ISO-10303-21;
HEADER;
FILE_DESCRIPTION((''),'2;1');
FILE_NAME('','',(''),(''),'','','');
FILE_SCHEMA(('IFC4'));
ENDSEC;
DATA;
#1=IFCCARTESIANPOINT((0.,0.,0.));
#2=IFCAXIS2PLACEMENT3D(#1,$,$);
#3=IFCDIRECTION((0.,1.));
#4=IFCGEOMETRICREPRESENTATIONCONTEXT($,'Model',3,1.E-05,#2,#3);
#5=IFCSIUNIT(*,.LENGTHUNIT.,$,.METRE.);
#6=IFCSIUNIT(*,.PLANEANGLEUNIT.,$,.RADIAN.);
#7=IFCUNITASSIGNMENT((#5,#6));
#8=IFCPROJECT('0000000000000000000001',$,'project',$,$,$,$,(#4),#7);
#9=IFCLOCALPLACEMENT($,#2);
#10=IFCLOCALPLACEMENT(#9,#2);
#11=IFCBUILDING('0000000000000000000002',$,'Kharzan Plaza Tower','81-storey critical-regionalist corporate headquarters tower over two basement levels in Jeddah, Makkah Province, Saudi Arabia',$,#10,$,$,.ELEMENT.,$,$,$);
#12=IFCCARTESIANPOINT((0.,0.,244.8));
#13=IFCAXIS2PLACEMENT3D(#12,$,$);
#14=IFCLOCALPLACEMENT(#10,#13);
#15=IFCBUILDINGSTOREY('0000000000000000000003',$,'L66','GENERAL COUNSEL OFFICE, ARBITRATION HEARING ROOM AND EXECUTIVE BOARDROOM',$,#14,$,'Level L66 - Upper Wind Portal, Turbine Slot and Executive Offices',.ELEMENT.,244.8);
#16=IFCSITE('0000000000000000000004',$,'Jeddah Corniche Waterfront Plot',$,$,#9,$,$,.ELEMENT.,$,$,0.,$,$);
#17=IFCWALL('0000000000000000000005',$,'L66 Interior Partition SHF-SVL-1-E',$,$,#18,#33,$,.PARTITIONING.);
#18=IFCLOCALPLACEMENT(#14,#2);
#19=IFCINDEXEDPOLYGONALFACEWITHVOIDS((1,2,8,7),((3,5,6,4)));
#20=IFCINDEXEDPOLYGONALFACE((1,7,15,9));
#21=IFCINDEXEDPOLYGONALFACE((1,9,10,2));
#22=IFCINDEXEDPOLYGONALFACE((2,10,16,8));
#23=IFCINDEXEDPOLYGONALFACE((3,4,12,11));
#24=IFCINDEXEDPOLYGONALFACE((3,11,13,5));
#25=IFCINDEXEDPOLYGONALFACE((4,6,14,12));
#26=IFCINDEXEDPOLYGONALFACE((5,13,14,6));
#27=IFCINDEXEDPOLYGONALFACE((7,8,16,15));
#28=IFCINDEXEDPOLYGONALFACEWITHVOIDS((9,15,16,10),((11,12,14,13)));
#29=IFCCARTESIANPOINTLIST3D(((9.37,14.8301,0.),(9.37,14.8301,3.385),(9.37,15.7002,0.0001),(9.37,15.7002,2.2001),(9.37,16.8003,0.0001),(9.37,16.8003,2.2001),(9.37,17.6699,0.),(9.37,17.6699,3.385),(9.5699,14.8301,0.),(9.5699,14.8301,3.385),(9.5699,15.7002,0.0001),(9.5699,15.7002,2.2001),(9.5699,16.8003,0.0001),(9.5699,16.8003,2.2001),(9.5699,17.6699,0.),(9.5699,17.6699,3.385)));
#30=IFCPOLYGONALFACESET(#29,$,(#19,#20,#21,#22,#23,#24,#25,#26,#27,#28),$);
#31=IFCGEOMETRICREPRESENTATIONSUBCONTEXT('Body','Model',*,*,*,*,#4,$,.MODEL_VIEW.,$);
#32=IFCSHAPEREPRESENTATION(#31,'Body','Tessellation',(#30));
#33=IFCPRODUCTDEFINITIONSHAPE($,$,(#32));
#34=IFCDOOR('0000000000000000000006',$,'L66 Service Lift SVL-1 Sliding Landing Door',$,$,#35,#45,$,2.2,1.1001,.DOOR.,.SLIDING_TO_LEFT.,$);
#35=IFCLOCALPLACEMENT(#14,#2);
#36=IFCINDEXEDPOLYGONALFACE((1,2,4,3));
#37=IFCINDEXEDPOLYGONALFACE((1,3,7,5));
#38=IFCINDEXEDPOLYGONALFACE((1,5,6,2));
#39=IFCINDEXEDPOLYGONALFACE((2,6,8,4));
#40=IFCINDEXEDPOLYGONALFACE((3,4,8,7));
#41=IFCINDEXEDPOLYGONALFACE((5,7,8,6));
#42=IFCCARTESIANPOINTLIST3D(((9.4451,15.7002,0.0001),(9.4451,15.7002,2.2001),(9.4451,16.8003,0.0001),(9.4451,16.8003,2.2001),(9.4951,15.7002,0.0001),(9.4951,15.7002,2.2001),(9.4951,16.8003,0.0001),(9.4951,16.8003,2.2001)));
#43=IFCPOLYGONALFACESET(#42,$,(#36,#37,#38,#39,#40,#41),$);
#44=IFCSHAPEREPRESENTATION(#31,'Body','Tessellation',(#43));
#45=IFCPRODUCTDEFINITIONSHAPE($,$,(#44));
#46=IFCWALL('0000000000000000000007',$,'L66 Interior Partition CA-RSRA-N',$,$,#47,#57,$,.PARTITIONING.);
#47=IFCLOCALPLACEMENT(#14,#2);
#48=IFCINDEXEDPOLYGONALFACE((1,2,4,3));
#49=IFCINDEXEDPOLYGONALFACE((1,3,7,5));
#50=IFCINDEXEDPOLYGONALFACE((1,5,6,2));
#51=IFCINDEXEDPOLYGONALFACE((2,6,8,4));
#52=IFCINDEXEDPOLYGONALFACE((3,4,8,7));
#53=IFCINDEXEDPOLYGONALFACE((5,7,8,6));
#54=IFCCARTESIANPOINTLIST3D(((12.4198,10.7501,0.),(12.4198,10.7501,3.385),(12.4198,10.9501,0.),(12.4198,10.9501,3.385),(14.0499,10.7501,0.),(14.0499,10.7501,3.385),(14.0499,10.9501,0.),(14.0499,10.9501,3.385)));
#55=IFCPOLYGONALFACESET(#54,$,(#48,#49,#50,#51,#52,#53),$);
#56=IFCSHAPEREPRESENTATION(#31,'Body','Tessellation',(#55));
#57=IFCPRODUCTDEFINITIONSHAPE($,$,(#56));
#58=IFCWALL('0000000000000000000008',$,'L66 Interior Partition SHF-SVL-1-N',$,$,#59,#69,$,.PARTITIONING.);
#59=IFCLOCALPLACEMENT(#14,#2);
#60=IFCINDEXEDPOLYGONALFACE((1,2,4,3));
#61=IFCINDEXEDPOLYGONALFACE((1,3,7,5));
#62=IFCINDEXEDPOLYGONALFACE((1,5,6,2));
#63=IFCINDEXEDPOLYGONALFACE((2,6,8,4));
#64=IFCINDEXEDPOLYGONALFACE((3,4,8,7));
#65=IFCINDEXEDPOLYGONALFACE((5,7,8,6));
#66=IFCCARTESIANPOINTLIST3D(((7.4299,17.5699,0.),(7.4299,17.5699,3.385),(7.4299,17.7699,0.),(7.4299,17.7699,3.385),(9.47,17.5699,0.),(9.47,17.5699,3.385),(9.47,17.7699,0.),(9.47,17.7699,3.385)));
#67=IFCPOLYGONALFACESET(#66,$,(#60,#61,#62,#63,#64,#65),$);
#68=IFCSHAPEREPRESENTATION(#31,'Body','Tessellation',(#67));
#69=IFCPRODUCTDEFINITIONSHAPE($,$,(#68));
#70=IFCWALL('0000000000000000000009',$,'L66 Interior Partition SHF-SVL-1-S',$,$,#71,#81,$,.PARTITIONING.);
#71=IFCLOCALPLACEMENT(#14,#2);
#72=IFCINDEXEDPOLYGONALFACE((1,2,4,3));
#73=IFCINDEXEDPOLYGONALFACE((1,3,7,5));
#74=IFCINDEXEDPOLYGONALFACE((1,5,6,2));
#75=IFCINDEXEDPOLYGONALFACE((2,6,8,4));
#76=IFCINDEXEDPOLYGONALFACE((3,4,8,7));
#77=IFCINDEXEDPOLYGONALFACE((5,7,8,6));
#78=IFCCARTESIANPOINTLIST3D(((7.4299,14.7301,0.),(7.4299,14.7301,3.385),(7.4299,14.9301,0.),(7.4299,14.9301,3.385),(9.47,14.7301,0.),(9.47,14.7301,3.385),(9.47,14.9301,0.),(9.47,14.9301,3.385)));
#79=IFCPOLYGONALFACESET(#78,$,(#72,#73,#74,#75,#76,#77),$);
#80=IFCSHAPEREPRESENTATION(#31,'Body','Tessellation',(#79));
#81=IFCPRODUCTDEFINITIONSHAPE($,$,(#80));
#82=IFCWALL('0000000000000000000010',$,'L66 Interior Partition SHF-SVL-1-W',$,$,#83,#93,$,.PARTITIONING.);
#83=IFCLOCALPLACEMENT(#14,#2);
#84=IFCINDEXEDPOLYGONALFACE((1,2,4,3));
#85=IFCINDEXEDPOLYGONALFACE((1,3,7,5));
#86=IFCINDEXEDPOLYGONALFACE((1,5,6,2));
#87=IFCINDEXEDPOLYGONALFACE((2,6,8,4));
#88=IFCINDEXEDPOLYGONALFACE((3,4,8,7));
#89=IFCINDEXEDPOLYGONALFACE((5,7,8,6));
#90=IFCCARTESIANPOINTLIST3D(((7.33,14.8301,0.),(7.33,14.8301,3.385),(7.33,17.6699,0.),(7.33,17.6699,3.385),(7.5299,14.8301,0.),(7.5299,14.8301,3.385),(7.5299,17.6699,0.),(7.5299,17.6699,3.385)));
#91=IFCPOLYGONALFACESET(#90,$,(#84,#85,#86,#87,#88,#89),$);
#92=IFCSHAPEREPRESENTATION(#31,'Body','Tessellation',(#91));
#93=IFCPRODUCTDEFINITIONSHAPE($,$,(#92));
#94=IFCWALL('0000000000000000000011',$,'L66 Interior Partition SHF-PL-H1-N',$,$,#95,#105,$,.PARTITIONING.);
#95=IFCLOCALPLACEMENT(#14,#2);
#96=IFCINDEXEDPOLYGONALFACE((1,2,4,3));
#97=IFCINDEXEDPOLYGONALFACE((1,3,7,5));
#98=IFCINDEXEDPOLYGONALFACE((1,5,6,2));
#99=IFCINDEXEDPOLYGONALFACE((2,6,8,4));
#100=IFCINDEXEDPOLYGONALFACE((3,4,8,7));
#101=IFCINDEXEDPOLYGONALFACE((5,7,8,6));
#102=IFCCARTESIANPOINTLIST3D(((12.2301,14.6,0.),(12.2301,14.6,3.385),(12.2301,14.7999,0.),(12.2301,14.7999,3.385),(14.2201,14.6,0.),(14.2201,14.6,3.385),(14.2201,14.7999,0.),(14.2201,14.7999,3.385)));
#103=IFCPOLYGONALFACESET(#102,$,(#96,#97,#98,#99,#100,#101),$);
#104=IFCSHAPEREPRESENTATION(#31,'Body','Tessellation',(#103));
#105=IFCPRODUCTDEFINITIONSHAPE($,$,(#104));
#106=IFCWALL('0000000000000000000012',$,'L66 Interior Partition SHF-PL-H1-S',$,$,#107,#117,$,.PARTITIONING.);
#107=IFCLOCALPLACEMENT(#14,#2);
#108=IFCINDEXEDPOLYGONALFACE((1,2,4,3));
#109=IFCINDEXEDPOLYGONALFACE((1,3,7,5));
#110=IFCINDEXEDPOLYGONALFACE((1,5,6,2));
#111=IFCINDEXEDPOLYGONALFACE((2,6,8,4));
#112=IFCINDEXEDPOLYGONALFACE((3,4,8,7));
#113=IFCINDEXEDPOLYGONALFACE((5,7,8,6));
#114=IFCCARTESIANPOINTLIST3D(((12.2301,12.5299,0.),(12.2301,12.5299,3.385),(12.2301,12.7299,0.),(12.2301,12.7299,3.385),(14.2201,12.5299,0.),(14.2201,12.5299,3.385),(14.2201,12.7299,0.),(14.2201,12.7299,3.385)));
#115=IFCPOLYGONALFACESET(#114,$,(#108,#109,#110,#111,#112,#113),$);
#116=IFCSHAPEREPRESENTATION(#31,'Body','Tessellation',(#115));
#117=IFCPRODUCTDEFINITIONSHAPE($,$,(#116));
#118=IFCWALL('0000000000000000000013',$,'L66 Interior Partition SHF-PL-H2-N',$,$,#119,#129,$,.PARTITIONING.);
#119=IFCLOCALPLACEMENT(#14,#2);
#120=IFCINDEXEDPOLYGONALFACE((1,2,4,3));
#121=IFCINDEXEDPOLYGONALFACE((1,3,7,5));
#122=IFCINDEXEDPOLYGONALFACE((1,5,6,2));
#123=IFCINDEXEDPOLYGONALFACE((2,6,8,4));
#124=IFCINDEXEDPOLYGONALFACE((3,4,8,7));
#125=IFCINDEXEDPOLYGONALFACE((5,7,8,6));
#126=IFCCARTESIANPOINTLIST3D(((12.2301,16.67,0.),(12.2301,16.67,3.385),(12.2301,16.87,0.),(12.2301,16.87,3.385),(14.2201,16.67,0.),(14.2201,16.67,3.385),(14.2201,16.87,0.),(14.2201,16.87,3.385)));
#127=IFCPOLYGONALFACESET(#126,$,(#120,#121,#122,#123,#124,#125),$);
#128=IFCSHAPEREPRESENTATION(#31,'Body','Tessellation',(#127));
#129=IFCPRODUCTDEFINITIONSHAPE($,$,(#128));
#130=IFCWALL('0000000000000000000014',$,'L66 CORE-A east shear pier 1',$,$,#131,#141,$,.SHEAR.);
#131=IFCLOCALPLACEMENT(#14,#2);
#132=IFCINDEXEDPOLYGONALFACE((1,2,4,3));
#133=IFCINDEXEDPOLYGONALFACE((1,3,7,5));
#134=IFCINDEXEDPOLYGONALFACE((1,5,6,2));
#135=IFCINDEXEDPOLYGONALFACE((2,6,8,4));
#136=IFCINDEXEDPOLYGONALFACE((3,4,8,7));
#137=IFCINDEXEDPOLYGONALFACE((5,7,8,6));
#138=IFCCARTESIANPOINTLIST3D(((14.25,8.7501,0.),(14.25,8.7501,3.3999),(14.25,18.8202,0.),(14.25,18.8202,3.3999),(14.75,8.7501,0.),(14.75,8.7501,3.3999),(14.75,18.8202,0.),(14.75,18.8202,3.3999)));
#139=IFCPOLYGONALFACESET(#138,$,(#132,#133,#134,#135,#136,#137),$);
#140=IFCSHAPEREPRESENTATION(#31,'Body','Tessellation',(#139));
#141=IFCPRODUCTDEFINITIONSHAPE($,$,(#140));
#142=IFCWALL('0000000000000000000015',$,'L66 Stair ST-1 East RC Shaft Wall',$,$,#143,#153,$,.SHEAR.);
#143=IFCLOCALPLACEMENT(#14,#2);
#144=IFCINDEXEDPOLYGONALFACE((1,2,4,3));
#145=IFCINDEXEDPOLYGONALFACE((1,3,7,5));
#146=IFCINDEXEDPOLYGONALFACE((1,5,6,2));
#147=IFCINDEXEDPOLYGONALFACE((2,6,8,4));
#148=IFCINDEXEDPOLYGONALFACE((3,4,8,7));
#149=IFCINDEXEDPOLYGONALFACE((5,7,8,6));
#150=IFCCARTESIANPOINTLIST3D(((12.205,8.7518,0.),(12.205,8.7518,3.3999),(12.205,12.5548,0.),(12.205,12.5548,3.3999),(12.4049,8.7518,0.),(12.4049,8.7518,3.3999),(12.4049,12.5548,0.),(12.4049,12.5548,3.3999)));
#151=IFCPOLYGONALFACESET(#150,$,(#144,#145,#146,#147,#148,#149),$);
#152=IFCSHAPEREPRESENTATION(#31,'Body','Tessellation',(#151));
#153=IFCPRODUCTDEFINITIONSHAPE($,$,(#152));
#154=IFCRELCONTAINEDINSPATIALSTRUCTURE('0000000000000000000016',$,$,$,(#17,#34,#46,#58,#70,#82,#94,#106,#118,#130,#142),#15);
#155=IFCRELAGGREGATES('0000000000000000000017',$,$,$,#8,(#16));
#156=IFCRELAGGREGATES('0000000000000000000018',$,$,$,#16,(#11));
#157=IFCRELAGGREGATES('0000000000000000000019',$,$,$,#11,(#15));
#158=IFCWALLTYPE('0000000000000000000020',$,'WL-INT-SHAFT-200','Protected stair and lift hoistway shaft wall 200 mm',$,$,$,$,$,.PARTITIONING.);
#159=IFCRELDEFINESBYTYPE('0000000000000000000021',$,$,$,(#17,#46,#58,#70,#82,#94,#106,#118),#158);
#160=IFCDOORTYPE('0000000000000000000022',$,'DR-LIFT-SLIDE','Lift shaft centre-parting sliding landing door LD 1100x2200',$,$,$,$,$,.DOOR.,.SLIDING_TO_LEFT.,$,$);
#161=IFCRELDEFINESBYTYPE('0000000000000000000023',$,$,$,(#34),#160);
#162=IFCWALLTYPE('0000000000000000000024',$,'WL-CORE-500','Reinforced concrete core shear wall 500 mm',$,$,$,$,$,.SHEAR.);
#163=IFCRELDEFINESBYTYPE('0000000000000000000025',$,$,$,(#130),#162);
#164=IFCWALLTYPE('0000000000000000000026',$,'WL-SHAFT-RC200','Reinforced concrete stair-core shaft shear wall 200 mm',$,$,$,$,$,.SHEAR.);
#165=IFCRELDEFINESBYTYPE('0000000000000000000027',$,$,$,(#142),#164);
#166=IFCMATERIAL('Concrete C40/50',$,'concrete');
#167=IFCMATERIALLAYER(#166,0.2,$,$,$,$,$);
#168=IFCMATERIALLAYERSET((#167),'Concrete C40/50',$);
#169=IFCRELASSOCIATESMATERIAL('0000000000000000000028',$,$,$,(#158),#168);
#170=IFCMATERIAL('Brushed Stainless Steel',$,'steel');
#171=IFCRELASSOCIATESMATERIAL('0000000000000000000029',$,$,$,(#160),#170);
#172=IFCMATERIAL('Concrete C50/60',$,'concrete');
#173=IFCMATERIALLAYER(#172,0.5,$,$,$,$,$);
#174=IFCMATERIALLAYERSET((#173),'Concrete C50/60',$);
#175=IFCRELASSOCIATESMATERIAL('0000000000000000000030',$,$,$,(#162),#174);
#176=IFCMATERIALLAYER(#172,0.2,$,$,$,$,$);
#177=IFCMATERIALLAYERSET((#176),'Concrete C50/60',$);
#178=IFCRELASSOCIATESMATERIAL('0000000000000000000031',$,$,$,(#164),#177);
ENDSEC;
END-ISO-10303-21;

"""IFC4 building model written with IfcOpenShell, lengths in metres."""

from ifc_helpers import new_model, si_unit, direction, frame, frame_2d, origin, place, context, subcontext, project, spatial, rectangle, extrude, source, transform, mapped, material, layer, layer_set, type_object, element, fill, save


model = new_model("IFC4")

# Units and contexts
model_context = context("Model", 3, precision=1e-05, world=origin(), true_north=direction((0.0, 1.0)))
body_context = subcontext(model_context, "Body", "Model", "MODEL_VIEW")
ifc_project = project(units=[si_unit("LENGTHUNIT", "METRE"), si_unit("PLANEANGLEUNIT", "RADIAN")], contexts=[model_context])

# Site, building, storey
site_placement = place(None, origin())
site = spatial("IfcSite", under=ifc_project, at=site_placement, Name="Jeddah Corniche Waterfront Plot", CompositionType="ELEMENT", RefElevation=0.0)
building_placement = place(site_placement, origin())
building = spatial("IfcBuilding", under=site, at=building_placement, Name="Kharzan Plaza Tower", Description="81-storey critical-regionalist corporate headquarters tower over two basement levels in Jeddah, Makkah Province, Saudi Arabia", CompositionType="ELEMENT")
storey_placement = place(building_placement, frame((0.0, 0.0, 244.8)))
storey = spatial("IfcBuildingStorey", under=building, at=storey_placement, Name="L66", Description="GENERAL COUNSEL OFFICE, ARBITRATION HEARING ROOM AND EXECUTIVE BOARDROOM", LongName="Level L66 - Upper Wind Portal, Turbine Slot and Executive Offices", CompositionType="ELEMENT", Elevation=244.8)

# Wall, opening, door
ifc_material_1 = material(Name="Concrete C40/50", Category="concrete")
ifc_layer_1 = layer(ifc_material_1, 0.2)
ifc_layer_set_1 = layer_set([ifc_layer_1], Name="Concrete C40/50")
wall_type_1 = type_object("IfcWallType", Name="WL-INT-SHAFT-200", Description="Protected stair and lift hoistway shaft wall 200 mm", PredefinedType="PARTITIONING", material=ifc_layer_set_1)
ifc_material_2 = material(Name="Brushed Stainless Steel", Category="steel")
door_type = type_object("IfcDoorType", Name="DR-LIFT-SLIDE", Description="Lift shaft centre-parting sliding landing door LD 1100x2200", OperationType="SLIDING_TO_LEFT", PredefinedType="DOOR", material=ifc_material_2)
shared_shape_1 = source(origin(), body_context, "Body", "SweptSolid", [
    extrude(rectangle(XDim=1.1001, YDim=2.2, at=frame_2d((0.55, 1.1001))), frame((0.0, 0.0249, 0.0), z_axis=(0.0, -1.0, 0.0), x_axis=(1.0, 0.0, 0.0)), (0.0, 0.0, 1.0), 0.05),
])
wall_1_placement = place(storey_placement, frame((9.47, 14.8301, 0.0), z_axis=(0.0, 0.0, 1.0), x_axis=(0.0, 1.0, 0.0)))
wall_1 = element("IfcWall", 1, at=wall_1_placement, inside=storey, type_object=wall_type_1, Name="L66 Interior Partition SHF-SVL-1-E", PredefinedType="PARTITIONING", context=body_context, shape_type="SweptSolid", body=[
    extrude(rectangle(XDim=2.8398, YDim=0.2, at=frame_2d((1.4199, 0.0))), origin(), (0.0, 0.0, 1.0), 3.385),
])
opening_1_placement = place(wall_1_placement, frame((0.8701, 0.0, 0.0)))
opening_1 = element("IfcOpeningElement", 2, at=opening_1_placement, cuts=wall_1, PredefinedType="OPENING", context=body_context, shape_type="SweptSolid", body=[
    extrude(rectangle(XDim=1.1001, YDim=2.2, at=frame_2d((0.55, 1.1001))), frame((0.0, 0.1099, 0.0), z_axis=(0.0, -1.0, 0.0), x_axis=(1.0, 0.0, 0.0)), (0.0, 0.0, 1.0), 0.22),
])
door_1_placement = place(opening_1_placement, origin())
door_1 = element("IfcDoor", 3, at=door_1_placement, inside=storey, type_object=door_type, Name="L66 Service Lift SVL-1 Sliding Landing Door", OperationType="SLIDING_TO_LEFT", OverallHeight=2.2, OverallWidth=1.1001, PredefinedType="DOOR", context=body_context, shape_type="MappedRepresentation", body=[
    mapped(shared_shape_1, transform((0.0, 0.0, 0.0), x_axis=(1.0, 0.0, 0.0), y_axis=(0.0, 1.0, 0.0), z_axis=(0.0, 0.0, 1.0))),
])
fill(opening_1, door_1)

# Walls
shared_shape_2 = source(origin(), body_context, "Body", "SweptSolid", [
    extrude(rectangle(XDim=1.6301, YDim=0.2, at=frame_2d((0.8149, 0.0))), origin(), (0.0, 0.0, 1.0), 3.385),
])
wall_2_placement = place(storey_placement, frame((12.4199, 10.8501, 0.0), z_axis=(0.0, 0.0, 1.0), x_axis=(1.0, 0.0, 0.0)))
element("IfcWall", 4, at=wall_2_placement, inside=storey, type_object=wall_type_1, Name="L66 Interior Partition CA-RSRA-N", PredefinedType="PARTITIONING", context=body_context, shape_type="MappedRepresentation", body=[
    mapped(shared_shape_2, transform((0.0, 0.0, 0.0), x_axis=(1.0, 0.0, 0.0), y_axis=(0.0, 1.0, 0.0), z_axis=(0.0, 0.0, 1.0))),
])
shared_shape_3 = source(origin(), body_context, "Body", "SweptSolid", [
    extrude(rectangle(XDim=2.04, YDim=0.2, at=frame_2d((1.02, 0.0))), origin(), (0.0, 0.0, 1.0), 3.385),
])
for number, where, z_axis, x_axis, name in (
    (5, (7.4299, 17.6699, 0.0), (0.0, 0.0, 1.0), (1.0, 0.0, 0.0), "L66 Interior Partition SHF-SVL-1-N"),
    (6, (7.4299, 14.8301, 0.0), (0.0, 0.0, 1.0), (1.0, 0.0, 0.0), "L66 Interior Partition SHF-SVL-1-S"),
):
    element("IfcWall", number, at=place(storey_placement, frame(where, z_axis=z_axis, x_axis=x_axis)), inside=storey, type_object=wall_type_1, Name=name, PredefinedType="PARTITIONING", context=body_context, shape_type="MappedRepresentation", body=[
        mapped(shared_shape_3, transform((0.0, 0.0, 0.0), x_axis=(1.0, 0.0, 0.0), y_axis=(0.0, 1.0, 0.0), z_axis=(0.0, 0.0, 1.0))),
    ])
shared_shape_4 = source(origin(), body_context, "Body", "SweptSolid", [
    extrude(rectangle(XDim=2.8398, YDim=0.2, at=frame_2d((1.4199, 0.0))), origin(), (0.0, 0.0, 1.0), 3.385),
])
wall_3_placement = place(storey_placement, frame((7.4299, 14.8301, 0.0), z_axis=(0.0, 0.0, 1.0), x_axis=(0.0, 1.0, 0.0)))
element("IfcWall", 7, at=wall_3_placement, inside=storey, type_object=wall_type_1, Name="L66 Interior Partition SHF-SVL-1-W", PredefinedType="PARTITIONING", context=body_context, shape_type="MappedRepresentation", body=[
    mapped(shared_shape_4, transform((0.0, 0.0, 0.0), x_axis=(1.0, 0.0, 0.0), y_axis=(0.0, 1.0, 0.0), z_axis=(0.0, 0.0, 1.0))),
])
shared_shape_5 = source(origin(), body_context, "Body", "SweptSolid", [
    extrude(rectangle(XDim=1.99, YDim=0.2, at=frame_2d((0.9951, 0.0))), origin(), (0.0, 0.0, 1.0), 3.385),
])
for number, where, z_axis, x_axis, name in (
    (8, (12.23, 14.7, 0.0), (0.0, 0.0, 1.0), (1.0, 0.0, 0.0), "L66 Interior Partition SHF-PL-H1-N"),
    (9, (12.23, 12.6299, 0.0), (0.0, 0.0, 1.0), (1.0, 0.0, 0.0), "L66 Interior Partition SHF-PL-H1-S"),
    (10, (12.23, 16.77, 0.0), (0.0, 0.0, 1.0), (1.0, 0.0, 0.0), "L66 Interior Partition SHF-PL-H2-N"),
):
    element("IfcWall", number, at=place(storey_placement, frame(where, z_axis=z_axis, x_axis=x_axis)), inside=storey, type_object=wall_type_1, Name=name, PredefinedType="PARTITIONING", context=body_context, shape_type="MappedRepresentation", body=[
        mapped(shared_shape_5, transform((0.0, 0.0, 0.0), x_axis=(1.0, 0.0, 0.0), y_axis=(0.0, 1.0, 0.0), z_axis=(0.0, 0.0, 1.0))),
    ])
ifc_material_3 = material(Name="Concrete C50/60", Category="concrete")
ifc_layer_2 = layer(ifc_material_3, 0.5)
ifc_layer_set_2 = layer_set([ifc_layer_2], Name="Concrete C50/60")
wall_type_2 = type_object("IfcWallType", Name="WL-CORE-500", Description="Reinforced concrete core shear wall 500 mm", PredefinedType="SHEAR", material=ifc_layer_set_2)
shared_shape_6 = source(origin(), body_context, "Body", "SweptSolid", [
    extrude(rectangle(XDim=10.0701, YDim=0.5, at=frame_2d((5.0352, 0.0))), origin(), (0.0, 0.0, 1.0), 3.3999),
])
wall_4_placement = place(storey_placement, frame((14.5, 8.75, 0.0), z_axis=(0.0, 0.0, 1.0), x_axis=(0.0, 1.0, 0.0)))
element("IfcWall", 11, at=wall_4_placement, inside=storey, type_object=wall_type_2, Name="L66 CORE-A east shear pier 1", PredefinedType="SHEAR", context=body_context, shape_type="MappedRepresentation", body=[
    mapped(shared_shape_6, transform((0.0, 0.0, 0.0), x_axis=(1.0, 0.0, 0.0), y_axis=(0.0, 1.0, 0.0), z_axis=(0.0, 0.0, 1.0))),
])
ifc_layer_3 = layer(ifc_material_3, 0.2)
ifc_layer_set_3 = layer_set([ifc_layer_3], Name="Concrete C50/60")
wall_type_3 = type_object("IfcWallType", Name="WL-SHAFT-RC200", Description="Reinforced concrete stair-core shaft shear wall 200 mm", PredefinedType="SHEAR", material=ifc_layer_set_3)
shared_shape_7 = source(origin(), body_context, "Body", "SweptSolid", [
    extrude(rectangle(XDim=3.803, YDim=0.2, at=frame_2d((1.9014, 0.0))), origin(), (0.0, 0.0, 1.0), 3.3999),
])
wall_5_placement = place(storey_placement, frame((12.3049, 8.752, 0.0), z_axis=(0.0, 0.0, 1.0), x_axis=(0.0, 1.0, 0.0)))
element("IfcWall", 12, at=wall_5_placement, inside=storey, type_object=wall_type_3, Name="L66 Stair ST-1 East RC Shaft Wall", PredefinedType="SHEAR", context=body_context, shape_type="MappedRepresentation", body=[
    mapped(shared_shape_7, transform((0.0, 0.0, 0.0), x_axis=(1.0, 0.0, 0.0), y_axis=(0.0, 1.0, 0.0), z_axis=(0.0, 0.0, 1.0))),
])

save(model, "model.ifc")
